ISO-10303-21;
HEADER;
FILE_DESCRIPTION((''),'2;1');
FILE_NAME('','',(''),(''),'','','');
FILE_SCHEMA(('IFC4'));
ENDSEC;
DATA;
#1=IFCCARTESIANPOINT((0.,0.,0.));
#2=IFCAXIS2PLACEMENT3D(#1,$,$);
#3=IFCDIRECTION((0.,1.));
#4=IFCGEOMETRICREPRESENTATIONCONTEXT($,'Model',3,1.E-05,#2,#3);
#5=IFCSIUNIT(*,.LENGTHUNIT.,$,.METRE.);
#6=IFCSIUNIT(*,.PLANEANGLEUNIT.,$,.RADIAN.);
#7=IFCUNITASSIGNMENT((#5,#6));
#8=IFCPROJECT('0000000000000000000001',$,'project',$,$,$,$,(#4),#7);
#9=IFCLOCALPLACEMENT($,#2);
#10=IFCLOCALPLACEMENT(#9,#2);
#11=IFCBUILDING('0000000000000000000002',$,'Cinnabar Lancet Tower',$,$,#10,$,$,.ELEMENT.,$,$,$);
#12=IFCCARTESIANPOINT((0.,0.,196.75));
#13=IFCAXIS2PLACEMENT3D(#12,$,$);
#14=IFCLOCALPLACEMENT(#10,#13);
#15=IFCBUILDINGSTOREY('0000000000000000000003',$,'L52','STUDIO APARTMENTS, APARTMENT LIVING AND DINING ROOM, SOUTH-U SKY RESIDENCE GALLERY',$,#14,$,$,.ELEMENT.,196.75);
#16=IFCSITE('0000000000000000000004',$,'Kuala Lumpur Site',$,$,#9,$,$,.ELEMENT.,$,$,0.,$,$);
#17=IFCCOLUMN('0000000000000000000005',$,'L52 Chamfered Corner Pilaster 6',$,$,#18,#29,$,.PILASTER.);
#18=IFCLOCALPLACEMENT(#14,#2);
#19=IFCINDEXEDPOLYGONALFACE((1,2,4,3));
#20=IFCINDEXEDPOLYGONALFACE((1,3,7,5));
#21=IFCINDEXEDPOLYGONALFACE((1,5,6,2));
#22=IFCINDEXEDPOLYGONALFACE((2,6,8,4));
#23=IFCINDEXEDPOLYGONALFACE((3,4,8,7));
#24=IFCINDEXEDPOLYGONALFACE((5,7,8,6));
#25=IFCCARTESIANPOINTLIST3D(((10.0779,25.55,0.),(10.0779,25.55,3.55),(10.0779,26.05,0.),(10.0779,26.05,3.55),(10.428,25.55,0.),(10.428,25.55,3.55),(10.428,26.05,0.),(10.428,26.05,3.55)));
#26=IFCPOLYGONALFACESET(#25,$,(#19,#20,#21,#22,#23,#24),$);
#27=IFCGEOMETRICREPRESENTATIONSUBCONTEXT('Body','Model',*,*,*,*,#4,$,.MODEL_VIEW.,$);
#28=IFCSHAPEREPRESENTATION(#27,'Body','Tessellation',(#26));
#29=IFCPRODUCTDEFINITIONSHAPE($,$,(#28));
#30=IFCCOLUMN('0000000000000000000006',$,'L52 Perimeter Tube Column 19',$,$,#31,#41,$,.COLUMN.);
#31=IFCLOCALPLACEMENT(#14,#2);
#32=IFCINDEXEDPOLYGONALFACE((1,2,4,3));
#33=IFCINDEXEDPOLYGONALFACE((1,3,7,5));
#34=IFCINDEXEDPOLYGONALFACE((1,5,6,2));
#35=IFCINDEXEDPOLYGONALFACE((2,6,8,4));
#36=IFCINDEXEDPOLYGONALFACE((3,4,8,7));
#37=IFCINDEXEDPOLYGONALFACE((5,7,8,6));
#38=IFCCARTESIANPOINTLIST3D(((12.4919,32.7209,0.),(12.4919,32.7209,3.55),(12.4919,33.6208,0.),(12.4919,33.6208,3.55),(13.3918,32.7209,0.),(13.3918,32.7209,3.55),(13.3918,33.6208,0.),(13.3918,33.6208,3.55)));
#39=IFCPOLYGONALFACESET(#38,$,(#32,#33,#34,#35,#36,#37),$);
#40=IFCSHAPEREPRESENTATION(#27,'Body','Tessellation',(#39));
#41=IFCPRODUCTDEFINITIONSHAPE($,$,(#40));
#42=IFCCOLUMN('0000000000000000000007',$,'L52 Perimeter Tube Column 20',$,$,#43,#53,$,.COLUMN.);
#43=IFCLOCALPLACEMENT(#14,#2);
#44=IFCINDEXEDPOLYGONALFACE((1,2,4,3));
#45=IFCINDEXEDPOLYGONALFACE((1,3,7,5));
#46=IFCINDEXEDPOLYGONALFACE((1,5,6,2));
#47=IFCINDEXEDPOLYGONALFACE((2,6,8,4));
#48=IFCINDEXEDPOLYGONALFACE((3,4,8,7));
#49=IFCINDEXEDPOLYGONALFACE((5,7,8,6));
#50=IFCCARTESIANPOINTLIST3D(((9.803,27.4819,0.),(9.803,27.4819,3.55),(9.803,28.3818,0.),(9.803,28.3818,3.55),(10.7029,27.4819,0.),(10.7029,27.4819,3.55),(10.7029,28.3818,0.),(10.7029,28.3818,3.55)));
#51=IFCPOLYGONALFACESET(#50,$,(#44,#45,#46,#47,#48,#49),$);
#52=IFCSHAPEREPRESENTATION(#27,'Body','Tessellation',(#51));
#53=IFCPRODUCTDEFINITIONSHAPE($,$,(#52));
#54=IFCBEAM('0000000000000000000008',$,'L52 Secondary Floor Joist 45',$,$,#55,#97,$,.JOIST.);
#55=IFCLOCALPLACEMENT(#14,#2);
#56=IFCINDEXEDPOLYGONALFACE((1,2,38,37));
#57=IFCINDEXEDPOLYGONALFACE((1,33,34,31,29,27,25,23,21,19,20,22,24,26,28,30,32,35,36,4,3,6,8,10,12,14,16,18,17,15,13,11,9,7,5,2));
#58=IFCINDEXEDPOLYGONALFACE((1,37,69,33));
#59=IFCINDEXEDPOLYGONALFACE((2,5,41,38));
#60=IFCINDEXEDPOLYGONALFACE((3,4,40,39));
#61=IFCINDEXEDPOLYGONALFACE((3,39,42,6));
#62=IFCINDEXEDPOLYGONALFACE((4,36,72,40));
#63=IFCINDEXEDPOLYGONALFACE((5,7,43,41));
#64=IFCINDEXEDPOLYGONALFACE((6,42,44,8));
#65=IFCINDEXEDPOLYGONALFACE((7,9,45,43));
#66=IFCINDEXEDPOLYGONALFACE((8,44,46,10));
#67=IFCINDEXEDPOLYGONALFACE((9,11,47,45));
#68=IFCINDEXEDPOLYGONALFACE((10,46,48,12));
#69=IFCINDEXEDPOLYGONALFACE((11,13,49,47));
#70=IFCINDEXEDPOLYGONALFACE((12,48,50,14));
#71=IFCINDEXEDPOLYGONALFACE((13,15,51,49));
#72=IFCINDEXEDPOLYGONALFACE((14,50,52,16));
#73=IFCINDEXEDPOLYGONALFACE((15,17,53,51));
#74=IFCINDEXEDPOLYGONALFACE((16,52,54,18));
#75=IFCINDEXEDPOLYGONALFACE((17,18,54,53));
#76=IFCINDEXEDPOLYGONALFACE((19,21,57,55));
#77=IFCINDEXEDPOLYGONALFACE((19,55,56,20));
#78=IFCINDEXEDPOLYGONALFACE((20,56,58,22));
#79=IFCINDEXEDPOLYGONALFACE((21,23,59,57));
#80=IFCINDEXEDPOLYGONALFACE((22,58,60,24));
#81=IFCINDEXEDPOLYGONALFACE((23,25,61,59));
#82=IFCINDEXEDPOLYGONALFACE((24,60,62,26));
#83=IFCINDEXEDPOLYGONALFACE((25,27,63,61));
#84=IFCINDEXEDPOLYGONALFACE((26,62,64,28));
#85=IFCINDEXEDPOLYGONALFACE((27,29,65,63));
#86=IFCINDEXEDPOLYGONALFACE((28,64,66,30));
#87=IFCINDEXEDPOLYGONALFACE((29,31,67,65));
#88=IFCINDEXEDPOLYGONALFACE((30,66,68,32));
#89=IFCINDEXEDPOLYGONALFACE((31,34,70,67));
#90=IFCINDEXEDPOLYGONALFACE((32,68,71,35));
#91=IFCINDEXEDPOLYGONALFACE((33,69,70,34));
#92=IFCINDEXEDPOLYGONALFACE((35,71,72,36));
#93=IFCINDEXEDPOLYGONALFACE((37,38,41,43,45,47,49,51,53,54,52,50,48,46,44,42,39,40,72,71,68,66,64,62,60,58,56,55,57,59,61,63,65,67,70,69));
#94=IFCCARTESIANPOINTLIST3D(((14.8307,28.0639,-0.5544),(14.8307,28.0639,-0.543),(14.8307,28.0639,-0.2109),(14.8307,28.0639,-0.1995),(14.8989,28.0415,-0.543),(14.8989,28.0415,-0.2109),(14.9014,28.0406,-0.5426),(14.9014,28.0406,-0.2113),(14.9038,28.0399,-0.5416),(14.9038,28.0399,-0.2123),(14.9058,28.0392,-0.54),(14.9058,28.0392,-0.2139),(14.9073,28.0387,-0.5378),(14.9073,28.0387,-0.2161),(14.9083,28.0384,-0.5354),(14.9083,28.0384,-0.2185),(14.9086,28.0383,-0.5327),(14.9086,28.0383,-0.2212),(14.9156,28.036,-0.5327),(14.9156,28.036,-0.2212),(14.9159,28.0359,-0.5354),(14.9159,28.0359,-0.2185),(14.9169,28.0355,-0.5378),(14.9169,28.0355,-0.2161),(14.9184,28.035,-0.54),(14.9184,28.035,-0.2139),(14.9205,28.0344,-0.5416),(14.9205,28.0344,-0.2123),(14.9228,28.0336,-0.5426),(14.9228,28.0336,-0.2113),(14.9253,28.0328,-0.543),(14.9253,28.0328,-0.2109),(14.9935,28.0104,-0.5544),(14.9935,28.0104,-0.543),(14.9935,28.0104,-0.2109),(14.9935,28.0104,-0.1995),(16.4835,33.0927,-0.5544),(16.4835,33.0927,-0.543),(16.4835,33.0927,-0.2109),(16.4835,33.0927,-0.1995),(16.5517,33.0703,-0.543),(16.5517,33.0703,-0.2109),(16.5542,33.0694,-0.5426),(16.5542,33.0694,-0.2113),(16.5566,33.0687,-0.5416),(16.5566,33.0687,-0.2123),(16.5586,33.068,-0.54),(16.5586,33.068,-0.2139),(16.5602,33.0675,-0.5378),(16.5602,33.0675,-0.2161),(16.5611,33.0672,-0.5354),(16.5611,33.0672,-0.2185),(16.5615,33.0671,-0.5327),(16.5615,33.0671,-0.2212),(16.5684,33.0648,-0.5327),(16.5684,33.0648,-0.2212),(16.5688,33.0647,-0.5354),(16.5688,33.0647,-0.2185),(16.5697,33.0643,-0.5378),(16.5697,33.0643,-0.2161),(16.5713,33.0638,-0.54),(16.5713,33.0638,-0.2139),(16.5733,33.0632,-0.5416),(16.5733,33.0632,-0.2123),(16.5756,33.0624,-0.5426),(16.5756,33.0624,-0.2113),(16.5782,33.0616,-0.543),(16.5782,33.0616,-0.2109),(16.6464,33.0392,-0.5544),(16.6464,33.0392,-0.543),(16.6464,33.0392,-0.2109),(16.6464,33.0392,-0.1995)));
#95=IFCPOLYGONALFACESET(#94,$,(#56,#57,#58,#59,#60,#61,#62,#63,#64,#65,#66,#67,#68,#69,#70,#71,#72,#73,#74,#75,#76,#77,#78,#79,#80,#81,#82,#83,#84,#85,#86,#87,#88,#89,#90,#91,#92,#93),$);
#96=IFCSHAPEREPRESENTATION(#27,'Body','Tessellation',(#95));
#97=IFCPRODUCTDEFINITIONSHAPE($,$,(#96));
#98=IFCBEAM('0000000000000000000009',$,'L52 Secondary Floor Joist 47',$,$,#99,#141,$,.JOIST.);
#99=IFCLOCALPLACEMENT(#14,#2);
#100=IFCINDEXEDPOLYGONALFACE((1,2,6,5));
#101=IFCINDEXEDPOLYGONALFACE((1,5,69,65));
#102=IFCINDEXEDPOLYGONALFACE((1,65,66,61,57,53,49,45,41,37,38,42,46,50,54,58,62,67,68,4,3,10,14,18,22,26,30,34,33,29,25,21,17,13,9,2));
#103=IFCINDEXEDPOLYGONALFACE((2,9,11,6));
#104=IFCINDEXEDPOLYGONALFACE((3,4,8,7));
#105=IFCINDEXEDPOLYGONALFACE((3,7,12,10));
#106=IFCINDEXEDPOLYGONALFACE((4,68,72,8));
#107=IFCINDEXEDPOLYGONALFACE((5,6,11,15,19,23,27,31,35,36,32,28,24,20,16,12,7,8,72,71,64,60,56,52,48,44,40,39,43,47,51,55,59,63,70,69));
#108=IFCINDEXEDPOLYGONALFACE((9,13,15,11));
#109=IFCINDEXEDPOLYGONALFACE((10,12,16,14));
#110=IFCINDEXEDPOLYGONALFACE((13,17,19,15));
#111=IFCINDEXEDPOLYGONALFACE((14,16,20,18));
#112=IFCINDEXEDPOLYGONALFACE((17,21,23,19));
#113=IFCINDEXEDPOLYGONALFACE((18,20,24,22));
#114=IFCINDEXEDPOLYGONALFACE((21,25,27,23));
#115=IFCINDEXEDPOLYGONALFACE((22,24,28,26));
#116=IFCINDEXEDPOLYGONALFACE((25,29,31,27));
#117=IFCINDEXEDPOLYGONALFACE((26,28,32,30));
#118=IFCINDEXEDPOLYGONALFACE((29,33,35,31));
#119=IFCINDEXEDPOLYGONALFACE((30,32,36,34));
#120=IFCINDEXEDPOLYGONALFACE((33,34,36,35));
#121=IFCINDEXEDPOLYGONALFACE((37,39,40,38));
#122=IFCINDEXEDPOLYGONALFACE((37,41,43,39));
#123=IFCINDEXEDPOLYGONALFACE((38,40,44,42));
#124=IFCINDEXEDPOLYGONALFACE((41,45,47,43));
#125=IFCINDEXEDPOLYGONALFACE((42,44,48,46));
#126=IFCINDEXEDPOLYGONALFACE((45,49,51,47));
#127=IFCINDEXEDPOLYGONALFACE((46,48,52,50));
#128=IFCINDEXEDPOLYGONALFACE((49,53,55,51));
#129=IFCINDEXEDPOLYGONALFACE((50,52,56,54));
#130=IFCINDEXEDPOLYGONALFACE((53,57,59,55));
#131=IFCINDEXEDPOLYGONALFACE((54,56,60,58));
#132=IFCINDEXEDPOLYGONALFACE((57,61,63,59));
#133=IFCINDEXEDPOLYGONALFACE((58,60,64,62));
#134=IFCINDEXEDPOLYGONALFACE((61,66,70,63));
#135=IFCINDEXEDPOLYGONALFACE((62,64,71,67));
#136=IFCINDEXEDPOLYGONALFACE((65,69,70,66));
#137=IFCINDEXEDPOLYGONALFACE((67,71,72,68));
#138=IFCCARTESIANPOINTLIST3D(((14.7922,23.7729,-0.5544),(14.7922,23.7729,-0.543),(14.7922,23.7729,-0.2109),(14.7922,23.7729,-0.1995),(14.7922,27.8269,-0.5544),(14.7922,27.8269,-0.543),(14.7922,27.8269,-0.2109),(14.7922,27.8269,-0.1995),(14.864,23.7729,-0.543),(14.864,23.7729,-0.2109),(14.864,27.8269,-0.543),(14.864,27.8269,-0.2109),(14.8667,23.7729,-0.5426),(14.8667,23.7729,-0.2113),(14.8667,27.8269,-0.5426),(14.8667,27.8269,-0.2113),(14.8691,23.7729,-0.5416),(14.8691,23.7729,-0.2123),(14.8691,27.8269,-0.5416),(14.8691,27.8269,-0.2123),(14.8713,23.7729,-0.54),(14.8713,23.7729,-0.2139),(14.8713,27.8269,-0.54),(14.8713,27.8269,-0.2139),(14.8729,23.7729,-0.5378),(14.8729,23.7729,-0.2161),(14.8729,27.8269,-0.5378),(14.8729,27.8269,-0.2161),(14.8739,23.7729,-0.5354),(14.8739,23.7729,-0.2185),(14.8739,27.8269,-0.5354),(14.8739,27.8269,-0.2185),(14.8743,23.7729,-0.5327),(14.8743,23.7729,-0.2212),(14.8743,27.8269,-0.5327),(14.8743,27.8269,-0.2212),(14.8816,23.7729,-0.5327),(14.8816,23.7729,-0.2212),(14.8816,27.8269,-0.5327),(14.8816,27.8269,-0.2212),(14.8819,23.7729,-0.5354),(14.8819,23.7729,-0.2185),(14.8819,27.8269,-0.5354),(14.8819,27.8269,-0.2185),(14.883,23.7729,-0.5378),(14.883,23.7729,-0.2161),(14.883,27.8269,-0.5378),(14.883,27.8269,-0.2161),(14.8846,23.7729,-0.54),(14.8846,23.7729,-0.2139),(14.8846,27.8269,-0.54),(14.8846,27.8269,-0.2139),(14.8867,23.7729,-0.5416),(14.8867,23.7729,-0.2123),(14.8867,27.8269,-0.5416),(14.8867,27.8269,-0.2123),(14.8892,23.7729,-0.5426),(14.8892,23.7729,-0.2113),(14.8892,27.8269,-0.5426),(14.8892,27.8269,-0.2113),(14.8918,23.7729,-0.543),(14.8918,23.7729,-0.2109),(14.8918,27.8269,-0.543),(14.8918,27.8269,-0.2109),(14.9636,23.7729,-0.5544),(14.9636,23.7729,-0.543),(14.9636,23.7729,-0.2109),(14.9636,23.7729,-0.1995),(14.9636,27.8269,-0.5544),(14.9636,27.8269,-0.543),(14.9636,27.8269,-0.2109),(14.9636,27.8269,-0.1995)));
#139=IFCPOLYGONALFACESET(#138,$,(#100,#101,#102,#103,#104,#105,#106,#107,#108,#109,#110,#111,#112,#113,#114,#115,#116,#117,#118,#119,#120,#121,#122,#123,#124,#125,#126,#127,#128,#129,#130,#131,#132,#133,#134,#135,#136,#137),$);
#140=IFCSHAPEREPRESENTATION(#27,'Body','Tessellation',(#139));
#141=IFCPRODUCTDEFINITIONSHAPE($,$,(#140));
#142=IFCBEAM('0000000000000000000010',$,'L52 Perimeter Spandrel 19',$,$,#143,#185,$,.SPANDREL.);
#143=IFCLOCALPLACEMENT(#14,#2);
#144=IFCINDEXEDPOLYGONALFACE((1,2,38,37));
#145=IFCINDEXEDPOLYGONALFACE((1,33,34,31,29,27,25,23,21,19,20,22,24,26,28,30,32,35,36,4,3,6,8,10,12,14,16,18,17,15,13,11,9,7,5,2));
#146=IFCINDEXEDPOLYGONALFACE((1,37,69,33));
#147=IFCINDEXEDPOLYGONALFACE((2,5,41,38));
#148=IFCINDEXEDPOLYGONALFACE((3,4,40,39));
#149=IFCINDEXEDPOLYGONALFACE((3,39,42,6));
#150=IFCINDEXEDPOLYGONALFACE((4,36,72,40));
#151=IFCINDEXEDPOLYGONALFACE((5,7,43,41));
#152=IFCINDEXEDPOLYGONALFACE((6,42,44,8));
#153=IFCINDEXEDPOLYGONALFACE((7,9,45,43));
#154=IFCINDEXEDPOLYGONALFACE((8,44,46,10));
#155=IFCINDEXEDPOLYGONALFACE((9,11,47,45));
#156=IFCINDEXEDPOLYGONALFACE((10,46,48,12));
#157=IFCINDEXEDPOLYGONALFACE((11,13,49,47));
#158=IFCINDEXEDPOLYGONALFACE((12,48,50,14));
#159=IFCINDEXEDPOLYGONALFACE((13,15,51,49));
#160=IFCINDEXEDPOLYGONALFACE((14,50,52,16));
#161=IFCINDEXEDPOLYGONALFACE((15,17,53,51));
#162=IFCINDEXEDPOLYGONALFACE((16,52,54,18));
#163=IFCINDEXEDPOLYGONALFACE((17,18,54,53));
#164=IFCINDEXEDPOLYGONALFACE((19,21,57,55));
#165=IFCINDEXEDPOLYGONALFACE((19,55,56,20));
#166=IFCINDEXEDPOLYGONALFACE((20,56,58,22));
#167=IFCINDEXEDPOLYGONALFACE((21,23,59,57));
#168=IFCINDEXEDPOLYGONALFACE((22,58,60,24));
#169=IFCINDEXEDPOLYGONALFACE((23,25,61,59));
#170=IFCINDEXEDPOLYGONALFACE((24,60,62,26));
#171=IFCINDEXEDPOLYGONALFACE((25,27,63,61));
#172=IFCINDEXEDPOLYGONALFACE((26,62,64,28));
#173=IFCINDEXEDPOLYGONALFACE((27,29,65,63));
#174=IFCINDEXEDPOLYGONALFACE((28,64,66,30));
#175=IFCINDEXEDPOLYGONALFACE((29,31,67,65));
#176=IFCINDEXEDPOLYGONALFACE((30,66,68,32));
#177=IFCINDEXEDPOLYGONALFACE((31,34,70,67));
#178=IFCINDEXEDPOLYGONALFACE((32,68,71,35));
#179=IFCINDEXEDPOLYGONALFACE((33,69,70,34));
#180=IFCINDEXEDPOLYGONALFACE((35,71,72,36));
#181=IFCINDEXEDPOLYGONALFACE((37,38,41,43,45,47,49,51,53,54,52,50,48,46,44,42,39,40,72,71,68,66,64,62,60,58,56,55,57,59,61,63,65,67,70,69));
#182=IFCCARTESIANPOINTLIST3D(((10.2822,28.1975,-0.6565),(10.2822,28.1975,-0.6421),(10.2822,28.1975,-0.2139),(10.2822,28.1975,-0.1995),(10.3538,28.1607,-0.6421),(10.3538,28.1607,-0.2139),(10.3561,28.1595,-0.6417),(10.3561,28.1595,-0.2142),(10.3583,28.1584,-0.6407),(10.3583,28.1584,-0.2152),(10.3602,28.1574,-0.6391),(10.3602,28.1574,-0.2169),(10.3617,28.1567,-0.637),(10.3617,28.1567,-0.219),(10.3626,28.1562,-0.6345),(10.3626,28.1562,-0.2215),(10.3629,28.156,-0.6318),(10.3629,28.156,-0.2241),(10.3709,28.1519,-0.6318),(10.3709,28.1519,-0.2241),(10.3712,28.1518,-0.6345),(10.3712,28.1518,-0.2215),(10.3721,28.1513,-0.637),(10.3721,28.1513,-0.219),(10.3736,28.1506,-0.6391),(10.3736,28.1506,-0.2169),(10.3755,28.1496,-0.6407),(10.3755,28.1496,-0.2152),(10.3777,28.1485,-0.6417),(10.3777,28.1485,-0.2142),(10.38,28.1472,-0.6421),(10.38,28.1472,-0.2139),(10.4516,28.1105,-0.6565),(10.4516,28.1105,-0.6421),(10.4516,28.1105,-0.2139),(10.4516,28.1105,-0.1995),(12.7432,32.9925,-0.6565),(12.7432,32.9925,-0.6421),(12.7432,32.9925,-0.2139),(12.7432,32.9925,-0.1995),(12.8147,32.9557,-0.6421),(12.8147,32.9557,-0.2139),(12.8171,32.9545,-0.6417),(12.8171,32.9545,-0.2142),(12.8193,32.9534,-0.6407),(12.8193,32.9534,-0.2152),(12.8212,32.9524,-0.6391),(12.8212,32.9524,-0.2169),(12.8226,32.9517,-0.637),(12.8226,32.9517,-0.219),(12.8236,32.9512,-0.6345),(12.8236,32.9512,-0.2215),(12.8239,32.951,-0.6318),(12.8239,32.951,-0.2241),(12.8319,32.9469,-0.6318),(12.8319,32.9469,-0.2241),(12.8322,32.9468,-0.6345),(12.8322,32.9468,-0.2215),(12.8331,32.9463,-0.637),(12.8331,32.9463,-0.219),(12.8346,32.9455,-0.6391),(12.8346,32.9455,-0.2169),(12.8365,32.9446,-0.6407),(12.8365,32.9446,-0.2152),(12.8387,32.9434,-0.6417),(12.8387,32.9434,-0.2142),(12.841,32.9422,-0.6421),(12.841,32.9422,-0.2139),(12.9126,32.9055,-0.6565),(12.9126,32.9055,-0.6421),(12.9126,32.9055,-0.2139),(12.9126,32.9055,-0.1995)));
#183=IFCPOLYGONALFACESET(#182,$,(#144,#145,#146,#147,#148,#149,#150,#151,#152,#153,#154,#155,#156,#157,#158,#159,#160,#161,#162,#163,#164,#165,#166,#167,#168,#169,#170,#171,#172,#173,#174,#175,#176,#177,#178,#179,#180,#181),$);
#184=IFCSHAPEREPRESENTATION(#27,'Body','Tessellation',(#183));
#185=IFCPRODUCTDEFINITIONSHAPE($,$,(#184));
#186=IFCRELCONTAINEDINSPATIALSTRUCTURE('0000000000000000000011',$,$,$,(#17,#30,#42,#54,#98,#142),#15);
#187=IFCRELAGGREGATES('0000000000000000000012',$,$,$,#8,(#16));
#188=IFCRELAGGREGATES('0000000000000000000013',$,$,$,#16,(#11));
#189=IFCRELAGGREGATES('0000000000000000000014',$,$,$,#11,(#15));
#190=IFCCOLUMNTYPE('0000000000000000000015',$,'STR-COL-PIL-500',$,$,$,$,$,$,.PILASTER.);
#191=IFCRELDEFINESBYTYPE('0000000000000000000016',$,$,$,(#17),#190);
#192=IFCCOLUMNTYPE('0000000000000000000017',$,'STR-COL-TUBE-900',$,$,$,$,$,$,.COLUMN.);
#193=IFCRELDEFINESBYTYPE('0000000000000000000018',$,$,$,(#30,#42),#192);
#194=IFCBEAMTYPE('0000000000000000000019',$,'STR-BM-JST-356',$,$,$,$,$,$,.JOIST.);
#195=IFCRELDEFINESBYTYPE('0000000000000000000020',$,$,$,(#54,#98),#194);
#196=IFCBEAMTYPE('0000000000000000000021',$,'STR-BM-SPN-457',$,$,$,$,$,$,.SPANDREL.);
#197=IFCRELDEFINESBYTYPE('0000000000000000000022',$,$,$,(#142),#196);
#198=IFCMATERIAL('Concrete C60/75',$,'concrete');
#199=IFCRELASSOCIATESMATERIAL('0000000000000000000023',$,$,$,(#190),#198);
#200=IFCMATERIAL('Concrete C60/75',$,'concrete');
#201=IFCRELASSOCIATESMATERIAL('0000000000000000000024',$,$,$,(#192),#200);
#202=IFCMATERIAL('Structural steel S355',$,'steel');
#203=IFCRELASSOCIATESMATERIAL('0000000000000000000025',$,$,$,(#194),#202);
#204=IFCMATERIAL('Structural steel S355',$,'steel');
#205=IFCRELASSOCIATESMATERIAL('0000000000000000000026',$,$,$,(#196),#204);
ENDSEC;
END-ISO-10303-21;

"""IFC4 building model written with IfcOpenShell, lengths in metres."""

from ifc_helpers import new_model, si_unit, direction, frame, origin, origin_2d, place, context, subcontext, project, spatial, rectangle, i_section, extrude, material, material_profile, profile_set, type_object, element, save


model = new_model("IFC4")

# Units and contexts
model_context = context("Model", 3, precision=1e-05, world=origin(), true_north=direction((0.0, 1.0)))
body_context = subcontext(model_context, "Body", "Model", "MODEL_VIEW")
ifc_project = project(units=[si_unit("LENGTHUNIT", "METRE"), si_unit("PLANEANGLEUNIT", "RADIAN")], contexts=[model_context])

# Site, building, storey
site_placement = place(None, origin())
site = spatial("IfcSite", under=ifc_project, at=site_placement, Name="Kuala Lumpur Site", CompositionType="ELEMENT", RefElevation=0.0)
building_placement = place(site_placement, origin())
building = spatial("IfcBuilding", under=site, at=building_placement, Name="Cinnabar Lancet Tower", CompositionType="ELEMENT")
storey_placement = place(building_placement, frame((0.0, 0.0, 196.75)))
storey = spatial("IfcBuildingStorey", under=building, at=storey_placement, Name="L52", Description="STUDIO APARTMENTS, APARTMENT LIVING AND DINING ROOM, SOUTH-U SKY RESIDENCE GALLERY", CompositionType="ELEMENT", Elevation=196.75)

# Columns
ifc_material_1 = material(Name="Concrete C60/75", Category="concrete")
ifc_material_profile_1 = material_profile(ifc_material_1, rectangle(XDim=0.5, YDim=0.3501, at=origin_2d()), Name="RC-PIL 500x350")
ifc_profile_set_1 = profile_set([ifc_material_profile_1], Name="Concrete C60/75")
column_type_1 = type_object("IfcColumnType", Name="STR-COL-PIL-500", PredefinedType="PILASTER", material=ifc_profile_set_1)
column_placement = place(storey_placement, frame((10.2529, 25.8, 0.0), z_axis=(0.0, 0.0, 1.0), x_axis=(0.0, -1.0, 0.0)))
element("IfcColumn", 1, at=column_placement, inside=storey, type_object=column_type_1, Name="L52 Chamfered Corner Pilaster 6", PredefinedType="PILASTER", context=body_context, shape_type="SweptSolid", body=[
    extrude(rectangle(XDim=0.5, YDim=0.3501, at=origin_2d()), origin(), (0.0, 0.0, 1.0), 3.55),
])
ifc_material_2 = material(Name="Concrete C60/75", Category="concrete")
ifc_material_profile_2 = material_profile(ifc_material_2, rectangle(XDim=0.8999, YDim=0.8999, at=origin_2d()), Name="RC-COL 900x900")
ifc_profile_set_2 = profile_set([ifc_material_profile_2], Name="Concrete C60/75")
column_type_2 = type_object("IfcColumnType", Name="STR-COL-TUBE-900", PredefinedType="COLUMN", material=ifc_profile_set_2)
for number, where, z_axis, x_axis, name in (
    (2, (12.9419, 33.1709, 0.0), (0.0, 0.0, 1.0), (1.0, 0.0, 0.0), "L52 Perimeter Tube Column 19"),
    (3, (10.2529, 27.9319, 0.0), (0.0, 0.0, 1.0), (1.0, 0.0, 0.0), "L52 Perimeter Tube Column 20"),
):
    element("IfcColumn", number, at=place(storey_placement, frame(where, z_axis=z_axis, x_axis=x_axis)), inside=storey, type_object=column_type_2, Name=name, PredefinedType="COLUMN", context=body_context, shape_type="SweptSolid", body=[
        extrude(rectangle(XDim=0.8999, YDim=0.8999, at=origin_2d()), origin(), (0.0, 0.0, 1.0), 3.55),
    ])

# Beams
ifc_material_3 = material(Name="Structural steel S355", Category="steel")
ifc_material_profile_3 = material_profile(ifc_material_3, i_section(OverallWidth=0.1714, OverallDepth=0.355, WebThickness=0.0073, FlangeThickness=0.0115, FilletRadius=0.0103, at=origin_2d()), Name="UKB 356x171x51")
ifc_profile_set_3 = profile_set([ifc_material_profile_3], Name="Structural steel S355")
beam_type_1 = type_object("IfcBeamType", Name="STR-BM-JST-356", PredefinedType="JOIST", material=ifc_profile_set_3)
beam_1_placement = place(storey_placement, frame((16.5649, 33.0659, -0.377), z_axis=(-0.31224, -0.950003, 0.0), x_axis=(0.950003, -0.31224, 0.0)))
element("IfcBeam", 4, at=beam_1_placement, inside=storey, type_object=beam_type_1, Name="L52 Secondary Floor Joist 45", PredefinedType="JOIST", context=body_context, shape_type="SweptSolid", body=[
    extrude(i_section(OverallWidth=0.1714, OverallDepth=0.355, WebThickness=0.0073, FlangeThickness=0.0115, FilletRadius=0.0103, at=origin_2d()), origin(), (0.0, 0.0, 1.0), 5.2935),
])
beam_2_placement = place(storey_placement, frame((14.8779, 27.8269, -0.377), z_axis=(0.0, -1.0, 0.0), x_axis=(1.0, 0.0, 0.0)))
element("IfcBeam", 5, at=beam_2_placement, inside=storey, type_object=beam_type_1, Name="L52 Secondary Floor Joist 47", PredefinedType="JOIST", context=body_context, shape_type="SweptSolid", body=[
    extrude(i_section(OverallWidth=0.1714, OverallDepth=0.355, WebThickness=0.0073, FlangeThickness=0.0115, FilletRadius=0.0103, at=origin_2d()), origin(), (0.0, 0.0, 1.0), 4.054),
])
ifc_material_4 = material(Name="Structural steel S355", Category="steel")
ifc_material_profile_4 = material_profile(ifc_material_4, i_section(OverallWidth=0.1904, OverallDepth=0.457, WebThickness=0.009, FlangeThickness=0.0144, FilletRadius=0.0103, at=origin_2d()), Name="UKB 457x191x74")
ifc_profile_set_4 = profile_set([ifc_material_profile_4], Name="Structural steel S355")
beam_type_2 = type_object("IfcBeamType", Name="STR-BM-SPN-457", PredefinedType="SPANDREL", material=ifc_profile_set_4)
beam_3_placement = place(storey_placement, frame((12.8279, 32.949, -0.428), z_axis=(-0.456611, -0.889666, 0.0), x_axis=(0.889666, -0.456611, 0.0)))
element("IfcBeam", 6, at=beam_3_placement, inside=storey, type_object=beam_type_2, Name="L52 Perimeter Spandrel 19", PredefinedType="SPANDREL", context=body_context, shape_type="SweptSolid", body=[
    extrude(i_section(OverallWidth=0.1904, OverallDepth=0.457, WebThickness=0.009, FlangeThickness=0.0144, FilletRadius=0.0103, at=origin_2d()), origin(), (0.0, 0.0, 1.0), 5.3896),
])

save(model, "model.ifc")
